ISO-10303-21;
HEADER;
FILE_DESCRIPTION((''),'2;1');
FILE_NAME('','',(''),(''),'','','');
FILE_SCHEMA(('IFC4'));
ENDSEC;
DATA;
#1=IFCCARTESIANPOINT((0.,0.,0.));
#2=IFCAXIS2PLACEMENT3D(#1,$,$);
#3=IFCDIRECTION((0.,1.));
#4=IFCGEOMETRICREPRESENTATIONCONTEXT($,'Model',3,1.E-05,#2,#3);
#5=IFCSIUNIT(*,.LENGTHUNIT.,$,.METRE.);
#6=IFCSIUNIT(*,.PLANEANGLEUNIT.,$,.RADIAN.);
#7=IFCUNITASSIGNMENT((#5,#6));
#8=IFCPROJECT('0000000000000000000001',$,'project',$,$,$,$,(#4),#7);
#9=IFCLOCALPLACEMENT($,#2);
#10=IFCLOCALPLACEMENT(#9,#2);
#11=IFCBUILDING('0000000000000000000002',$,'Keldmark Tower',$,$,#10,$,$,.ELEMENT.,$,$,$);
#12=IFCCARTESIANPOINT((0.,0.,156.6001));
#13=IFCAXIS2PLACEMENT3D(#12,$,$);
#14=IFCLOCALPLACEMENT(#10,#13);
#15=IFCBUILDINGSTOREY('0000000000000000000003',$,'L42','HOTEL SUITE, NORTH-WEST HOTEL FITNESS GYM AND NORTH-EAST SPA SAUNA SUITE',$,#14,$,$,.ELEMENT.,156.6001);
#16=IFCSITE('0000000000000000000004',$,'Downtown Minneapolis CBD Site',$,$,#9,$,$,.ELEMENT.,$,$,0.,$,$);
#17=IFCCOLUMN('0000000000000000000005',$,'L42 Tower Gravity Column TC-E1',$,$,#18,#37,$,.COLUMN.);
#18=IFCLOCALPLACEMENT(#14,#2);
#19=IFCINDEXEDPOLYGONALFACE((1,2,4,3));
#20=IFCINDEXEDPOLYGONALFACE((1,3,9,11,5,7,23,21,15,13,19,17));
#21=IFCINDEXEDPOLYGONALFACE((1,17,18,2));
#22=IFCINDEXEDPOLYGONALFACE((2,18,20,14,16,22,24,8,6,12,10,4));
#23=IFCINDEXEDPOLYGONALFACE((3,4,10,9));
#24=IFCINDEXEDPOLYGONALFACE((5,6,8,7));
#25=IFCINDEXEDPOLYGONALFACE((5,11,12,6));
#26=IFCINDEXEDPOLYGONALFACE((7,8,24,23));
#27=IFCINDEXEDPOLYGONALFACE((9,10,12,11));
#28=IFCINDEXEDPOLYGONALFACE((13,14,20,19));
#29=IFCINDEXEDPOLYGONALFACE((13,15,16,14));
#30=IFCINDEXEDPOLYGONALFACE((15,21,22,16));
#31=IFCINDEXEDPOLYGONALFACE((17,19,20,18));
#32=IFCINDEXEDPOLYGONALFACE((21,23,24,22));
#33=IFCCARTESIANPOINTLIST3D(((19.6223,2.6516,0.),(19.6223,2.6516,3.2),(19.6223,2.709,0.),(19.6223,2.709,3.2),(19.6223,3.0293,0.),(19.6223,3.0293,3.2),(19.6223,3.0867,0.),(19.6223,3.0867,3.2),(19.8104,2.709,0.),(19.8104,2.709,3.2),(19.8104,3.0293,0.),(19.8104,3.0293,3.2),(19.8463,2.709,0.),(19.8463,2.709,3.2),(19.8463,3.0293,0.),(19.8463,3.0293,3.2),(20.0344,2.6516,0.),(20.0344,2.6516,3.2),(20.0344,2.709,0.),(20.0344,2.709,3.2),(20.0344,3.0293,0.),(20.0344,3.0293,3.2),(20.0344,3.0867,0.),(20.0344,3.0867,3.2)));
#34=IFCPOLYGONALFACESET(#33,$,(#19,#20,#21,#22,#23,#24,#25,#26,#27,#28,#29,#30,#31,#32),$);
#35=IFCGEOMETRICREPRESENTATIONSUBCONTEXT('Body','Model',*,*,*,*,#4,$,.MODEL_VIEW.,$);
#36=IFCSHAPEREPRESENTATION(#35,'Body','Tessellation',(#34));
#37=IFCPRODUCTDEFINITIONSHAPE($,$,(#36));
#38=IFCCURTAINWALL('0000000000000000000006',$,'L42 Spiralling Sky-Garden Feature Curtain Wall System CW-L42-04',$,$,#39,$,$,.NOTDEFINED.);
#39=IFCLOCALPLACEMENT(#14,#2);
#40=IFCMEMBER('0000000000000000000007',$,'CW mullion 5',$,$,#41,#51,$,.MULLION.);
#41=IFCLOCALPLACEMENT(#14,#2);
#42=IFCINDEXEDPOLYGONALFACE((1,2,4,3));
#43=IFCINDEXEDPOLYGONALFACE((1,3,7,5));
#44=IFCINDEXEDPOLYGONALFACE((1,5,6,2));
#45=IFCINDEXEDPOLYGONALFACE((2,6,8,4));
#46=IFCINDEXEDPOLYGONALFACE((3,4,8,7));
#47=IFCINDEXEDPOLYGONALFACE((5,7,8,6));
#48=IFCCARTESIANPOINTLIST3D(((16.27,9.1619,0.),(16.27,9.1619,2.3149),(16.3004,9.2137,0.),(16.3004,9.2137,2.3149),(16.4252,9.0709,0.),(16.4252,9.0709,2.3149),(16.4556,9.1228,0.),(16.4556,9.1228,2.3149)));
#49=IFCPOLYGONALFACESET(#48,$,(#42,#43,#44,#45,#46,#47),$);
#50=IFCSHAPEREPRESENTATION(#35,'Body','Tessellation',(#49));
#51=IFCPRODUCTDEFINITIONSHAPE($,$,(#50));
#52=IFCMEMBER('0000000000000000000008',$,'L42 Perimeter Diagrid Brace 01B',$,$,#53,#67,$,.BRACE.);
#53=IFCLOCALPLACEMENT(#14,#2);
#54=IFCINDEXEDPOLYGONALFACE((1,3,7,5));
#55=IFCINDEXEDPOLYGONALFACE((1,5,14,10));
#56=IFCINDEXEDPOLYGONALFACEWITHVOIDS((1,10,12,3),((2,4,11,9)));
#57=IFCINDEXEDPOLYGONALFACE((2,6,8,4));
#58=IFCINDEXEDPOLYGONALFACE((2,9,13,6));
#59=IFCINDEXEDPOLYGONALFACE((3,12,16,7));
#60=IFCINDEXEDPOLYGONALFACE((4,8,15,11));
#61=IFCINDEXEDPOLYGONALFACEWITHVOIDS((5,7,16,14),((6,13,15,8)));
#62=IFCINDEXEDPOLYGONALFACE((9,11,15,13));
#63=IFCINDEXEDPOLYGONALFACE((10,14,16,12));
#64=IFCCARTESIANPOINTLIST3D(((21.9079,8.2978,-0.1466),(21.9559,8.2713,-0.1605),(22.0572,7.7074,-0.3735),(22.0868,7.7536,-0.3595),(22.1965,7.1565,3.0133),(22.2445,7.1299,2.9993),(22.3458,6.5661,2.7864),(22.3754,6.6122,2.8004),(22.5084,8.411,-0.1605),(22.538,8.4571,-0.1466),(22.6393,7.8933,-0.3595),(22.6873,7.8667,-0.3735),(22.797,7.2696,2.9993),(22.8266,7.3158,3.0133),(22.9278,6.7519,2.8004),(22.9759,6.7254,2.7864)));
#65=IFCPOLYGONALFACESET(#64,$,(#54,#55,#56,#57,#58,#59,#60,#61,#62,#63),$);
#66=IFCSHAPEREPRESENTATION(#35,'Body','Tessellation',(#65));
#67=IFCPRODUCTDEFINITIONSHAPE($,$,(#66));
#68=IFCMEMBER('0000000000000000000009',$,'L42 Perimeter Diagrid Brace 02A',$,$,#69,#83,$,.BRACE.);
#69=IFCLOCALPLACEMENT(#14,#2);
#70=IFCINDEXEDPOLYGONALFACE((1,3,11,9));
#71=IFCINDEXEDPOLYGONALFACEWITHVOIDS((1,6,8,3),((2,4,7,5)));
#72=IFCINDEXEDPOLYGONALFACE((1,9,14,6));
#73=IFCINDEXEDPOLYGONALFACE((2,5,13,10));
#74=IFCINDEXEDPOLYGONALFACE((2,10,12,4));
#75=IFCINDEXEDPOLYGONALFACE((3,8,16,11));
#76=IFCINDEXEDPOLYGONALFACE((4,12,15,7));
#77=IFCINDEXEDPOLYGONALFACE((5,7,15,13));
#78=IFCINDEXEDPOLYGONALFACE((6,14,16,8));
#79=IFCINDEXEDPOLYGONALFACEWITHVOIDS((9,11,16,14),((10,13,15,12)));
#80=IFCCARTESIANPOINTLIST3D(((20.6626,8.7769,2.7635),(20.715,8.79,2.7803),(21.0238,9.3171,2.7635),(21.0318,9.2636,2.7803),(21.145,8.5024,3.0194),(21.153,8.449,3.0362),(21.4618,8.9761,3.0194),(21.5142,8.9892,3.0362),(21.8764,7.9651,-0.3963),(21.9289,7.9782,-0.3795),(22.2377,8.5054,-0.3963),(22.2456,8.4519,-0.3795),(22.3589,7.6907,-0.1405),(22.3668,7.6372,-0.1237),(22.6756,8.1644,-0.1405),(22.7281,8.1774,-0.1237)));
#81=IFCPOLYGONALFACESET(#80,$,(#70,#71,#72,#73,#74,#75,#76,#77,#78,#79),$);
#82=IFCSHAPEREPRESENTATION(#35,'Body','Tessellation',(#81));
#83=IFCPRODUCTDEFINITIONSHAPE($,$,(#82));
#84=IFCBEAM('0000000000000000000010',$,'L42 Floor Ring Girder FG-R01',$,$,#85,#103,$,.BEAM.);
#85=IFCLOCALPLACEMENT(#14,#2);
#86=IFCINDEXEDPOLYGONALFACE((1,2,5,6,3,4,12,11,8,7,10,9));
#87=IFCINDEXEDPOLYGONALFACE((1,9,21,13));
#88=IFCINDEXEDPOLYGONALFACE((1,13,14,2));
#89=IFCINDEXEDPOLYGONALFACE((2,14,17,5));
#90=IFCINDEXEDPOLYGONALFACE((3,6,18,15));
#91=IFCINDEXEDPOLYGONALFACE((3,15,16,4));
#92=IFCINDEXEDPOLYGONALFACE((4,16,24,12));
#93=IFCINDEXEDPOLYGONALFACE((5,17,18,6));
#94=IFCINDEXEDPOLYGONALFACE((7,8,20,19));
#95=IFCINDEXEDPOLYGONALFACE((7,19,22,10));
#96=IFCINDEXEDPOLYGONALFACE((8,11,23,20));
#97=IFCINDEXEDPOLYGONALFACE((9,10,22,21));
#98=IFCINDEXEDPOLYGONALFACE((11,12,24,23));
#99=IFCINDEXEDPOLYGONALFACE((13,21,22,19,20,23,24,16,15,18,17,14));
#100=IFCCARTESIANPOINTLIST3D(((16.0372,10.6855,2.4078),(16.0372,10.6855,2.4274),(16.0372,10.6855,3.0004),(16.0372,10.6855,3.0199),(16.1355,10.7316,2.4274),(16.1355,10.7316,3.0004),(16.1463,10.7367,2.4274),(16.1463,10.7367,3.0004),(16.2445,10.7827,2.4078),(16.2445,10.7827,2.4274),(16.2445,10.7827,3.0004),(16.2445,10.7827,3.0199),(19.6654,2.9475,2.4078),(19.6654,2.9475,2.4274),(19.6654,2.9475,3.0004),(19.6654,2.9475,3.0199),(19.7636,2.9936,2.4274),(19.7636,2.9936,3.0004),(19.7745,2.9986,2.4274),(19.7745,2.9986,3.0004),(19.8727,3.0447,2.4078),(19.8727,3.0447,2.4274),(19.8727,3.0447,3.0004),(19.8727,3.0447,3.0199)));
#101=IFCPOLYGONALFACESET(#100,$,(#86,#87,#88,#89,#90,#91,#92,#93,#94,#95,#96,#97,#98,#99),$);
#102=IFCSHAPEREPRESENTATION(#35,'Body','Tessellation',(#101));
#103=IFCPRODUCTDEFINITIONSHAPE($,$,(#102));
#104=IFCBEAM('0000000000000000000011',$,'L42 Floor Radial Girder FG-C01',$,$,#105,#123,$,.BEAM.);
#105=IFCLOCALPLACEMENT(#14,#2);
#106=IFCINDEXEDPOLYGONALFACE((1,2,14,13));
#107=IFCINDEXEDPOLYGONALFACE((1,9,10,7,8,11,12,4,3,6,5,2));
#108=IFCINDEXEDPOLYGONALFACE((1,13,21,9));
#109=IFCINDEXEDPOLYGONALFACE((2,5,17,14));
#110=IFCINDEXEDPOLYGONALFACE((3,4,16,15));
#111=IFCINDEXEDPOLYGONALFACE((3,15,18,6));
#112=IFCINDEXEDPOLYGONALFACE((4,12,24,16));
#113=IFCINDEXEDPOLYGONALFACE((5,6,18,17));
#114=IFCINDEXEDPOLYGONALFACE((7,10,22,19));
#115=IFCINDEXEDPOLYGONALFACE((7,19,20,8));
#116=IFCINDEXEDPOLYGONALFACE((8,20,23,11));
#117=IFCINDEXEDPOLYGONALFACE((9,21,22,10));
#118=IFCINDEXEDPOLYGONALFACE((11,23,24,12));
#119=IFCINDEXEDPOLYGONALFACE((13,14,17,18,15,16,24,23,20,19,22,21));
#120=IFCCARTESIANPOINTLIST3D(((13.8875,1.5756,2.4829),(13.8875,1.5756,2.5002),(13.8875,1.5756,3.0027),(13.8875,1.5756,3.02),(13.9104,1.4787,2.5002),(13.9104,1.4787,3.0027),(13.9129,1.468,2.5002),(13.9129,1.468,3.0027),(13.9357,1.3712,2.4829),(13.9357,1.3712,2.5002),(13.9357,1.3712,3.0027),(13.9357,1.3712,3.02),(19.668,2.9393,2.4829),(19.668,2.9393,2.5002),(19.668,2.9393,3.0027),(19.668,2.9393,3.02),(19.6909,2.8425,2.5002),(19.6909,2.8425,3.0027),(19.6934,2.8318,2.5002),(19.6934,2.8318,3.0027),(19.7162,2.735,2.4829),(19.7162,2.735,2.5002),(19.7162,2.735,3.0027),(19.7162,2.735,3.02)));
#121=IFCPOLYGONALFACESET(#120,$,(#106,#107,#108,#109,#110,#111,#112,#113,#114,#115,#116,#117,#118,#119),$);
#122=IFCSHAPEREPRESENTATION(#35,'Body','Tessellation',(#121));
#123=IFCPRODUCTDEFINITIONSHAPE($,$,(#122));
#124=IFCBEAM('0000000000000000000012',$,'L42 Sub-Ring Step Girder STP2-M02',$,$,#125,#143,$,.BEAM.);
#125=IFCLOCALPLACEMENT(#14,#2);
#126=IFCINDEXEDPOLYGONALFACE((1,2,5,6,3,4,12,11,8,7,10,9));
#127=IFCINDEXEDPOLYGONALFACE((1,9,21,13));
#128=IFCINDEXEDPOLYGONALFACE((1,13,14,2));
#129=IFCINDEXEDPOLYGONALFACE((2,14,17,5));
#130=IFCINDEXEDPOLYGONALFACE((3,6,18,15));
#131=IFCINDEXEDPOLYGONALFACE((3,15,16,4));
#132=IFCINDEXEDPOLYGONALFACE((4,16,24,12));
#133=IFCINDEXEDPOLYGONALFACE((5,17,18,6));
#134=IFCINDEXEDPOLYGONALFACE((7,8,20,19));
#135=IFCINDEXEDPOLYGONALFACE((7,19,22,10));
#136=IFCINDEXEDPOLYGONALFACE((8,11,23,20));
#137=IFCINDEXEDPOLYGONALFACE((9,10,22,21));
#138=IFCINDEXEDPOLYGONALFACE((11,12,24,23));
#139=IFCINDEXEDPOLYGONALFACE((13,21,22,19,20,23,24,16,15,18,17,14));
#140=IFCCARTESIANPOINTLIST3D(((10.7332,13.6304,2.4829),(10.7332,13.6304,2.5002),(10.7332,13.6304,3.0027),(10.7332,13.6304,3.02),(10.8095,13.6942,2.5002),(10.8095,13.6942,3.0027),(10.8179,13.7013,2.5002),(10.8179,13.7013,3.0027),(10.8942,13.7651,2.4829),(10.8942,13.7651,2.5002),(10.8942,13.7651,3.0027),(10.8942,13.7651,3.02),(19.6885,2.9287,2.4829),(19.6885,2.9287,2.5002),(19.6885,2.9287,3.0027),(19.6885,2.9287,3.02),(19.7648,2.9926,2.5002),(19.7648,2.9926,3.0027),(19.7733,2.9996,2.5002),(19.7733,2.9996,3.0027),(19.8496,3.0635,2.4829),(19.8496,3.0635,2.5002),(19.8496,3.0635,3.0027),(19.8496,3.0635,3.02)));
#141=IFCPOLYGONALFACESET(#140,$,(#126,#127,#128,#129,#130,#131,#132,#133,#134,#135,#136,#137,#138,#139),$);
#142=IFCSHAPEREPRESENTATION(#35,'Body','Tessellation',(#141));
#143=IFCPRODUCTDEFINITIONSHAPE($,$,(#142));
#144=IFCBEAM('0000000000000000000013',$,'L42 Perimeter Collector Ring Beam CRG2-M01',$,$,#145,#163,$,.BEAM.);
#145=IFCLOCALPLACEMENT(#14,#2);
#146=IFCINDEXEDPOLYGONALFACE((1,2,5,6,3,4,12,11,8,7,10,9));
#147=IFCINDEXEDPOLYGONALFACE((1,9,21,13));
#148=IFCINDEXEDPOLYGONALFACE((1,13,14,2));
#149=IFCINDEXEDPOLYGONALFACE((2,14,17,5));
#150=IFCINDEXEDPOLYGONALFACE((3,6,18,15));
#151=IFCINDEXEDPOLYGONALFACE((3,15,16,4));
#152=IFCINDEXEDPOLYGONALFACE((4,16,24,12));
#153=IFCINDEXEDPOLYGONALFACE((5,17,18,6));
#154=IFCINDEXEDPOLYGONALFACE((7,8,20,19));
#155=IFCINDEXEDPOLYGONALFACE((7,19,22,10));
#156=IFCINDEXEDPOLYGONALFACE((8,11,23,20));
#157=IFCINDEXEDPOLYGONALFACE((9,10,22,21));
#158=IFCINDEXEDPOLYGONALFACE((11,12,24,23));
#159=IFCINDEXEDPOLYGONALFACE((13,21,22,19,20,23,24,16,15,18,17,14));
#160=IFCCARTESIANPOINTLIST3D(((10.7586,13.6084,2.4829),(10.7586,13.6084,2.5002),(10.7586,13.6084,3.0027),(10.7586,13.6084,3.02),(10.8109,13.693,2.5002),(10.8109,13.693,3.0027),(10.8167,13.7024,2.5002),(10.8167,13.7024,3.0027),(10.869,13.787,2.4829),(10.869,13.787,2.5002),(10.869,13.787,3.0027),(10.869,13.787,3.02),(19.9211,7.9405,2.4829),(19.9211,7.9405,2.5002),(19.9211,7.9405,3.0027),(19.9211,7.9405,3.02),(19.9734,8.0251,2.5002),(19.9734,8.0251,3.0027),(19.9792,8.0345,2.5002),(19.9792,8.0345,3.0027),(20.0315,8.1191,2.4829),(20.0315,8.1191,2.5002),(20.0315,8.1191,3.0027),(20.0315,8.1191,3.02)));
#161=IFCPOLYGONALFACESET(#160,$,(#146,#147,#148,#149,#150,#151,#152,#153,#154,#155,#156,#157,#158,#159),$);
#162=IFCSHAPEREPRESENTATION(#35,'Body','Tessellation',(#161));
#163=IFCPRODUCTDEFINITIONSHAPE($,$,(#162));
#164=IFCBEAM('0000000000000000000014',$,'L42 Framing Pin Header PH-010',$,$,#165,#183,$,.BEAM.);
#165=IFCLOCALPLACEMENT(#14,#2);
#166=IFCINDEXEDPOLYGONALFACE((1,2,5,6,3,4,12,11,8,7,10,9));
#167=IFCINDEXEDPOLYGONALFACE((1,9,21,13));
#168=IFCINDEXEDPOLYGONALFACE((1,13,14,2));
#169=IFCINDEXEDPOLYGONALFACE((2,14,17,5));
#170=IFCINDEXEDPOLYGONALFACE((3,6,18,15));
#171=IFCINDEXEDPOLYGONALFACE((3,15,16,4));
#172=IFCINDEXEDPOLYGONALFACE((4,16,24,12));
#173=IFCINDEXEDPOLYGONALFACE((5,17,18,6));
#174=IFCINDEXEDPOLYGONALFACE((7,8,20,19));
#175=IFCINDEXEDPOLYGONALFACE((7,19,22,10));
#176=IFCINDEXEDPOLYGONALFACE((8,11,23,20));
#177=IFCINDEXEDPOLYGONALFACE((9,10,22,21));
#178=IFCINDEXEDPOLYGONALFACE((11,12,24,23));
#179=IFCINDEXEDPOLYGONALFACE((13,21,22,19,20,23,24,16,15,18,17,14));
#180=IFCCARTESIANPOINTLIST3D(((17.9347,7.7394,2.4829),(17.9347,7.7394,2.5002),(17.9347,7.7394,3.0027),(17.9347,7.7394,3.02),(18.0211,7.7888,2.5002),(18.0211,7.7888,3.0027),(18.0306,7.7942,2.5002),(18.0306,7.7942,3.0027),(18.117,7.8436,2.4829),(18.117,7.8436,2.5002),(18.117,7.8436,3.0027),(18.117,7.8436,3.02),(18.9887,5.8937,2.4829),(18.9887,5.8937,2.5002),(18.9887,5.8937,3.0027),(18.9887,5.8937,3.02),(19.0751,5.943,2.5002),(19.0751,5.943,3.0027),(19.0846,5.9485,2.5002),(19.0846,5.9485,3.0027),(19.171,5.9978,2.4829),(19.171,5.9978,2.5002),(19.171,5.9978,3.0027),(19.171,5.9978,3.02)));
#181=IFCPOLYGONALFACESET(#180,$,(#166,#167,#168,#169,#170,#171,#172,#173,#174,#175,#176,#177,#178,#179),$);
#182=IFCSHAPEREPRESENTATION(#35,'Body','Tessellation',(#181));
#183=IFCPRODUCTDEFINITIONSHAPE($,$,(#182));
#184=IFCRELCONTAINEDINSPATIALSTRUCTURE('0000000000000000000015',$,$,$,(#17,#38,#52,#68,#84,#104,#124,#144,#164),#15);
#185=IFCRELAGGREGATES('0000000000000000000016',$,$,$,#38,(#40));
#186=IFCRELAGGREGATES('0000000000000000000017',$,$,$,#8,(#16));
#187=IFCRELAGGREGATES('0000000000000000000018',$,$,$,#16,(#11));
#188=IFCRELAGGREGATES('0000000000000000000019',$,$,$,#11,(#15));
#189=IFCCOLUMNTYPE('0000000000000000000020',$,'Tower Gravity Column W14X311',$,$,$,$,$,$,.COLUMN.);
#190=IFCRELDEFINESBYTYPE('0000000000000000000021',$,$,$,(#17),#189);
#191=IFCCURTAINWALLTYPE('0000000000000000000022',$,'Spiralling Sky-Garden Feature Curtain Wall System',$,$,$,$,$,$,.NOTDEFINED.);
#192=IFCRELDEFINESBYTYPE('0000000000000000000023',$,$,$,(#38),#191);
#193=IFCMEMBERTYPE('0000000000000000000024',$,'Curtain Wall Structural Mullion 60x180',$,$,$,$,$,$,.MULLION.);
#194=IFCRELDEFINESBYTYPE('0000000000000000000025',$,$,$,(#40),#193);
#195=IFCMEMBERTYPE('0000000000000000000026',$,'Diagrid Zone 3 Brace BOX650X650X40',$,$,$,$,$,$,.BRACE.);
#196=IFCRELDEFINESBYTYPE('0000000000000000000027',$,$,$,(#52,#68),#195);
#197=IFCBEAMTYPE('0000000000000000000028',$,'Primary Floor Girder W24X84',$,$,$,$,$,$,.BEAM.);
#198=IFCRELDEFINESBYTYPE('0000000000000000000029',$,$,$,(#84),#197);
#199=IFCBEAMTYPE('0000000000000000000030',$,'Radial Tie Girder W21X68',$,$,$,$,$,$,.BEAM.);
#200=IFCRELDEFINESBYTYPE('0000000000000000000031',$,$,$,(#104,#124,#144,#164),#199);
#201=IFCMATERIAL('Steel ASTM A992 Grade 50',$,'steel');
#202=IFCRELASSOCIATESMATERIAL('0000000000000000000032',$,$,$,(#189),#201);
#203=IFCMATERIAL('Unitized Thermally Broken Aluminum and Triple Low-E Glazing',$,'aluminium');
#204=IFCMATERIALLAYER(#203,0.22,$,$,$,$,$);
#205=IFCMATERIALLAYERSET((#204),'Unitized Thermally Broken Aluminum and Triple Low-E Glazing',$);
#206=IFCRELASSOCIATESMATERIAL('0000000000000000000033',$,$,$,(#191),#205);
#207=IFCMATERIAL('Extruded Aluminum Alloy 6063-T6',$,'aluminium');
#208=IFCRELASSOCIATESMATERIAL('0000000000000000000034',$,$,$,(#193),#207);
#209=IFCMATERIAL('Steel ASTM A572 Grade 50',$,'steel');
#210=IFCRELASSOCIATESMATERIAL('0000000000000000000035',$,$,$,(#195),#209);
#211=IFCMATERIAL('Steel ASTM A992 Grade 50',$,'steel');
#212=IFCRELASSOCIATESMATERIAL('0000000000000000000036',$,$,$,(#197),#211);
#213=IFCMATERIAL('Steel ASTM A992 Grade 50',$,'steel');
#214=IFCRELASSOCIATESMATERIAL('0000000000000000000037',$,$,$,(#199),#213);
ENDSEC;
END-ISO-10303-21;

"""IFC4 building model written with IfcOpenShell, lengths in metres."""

from ifc_helpers import new_model, si_unit, direction, frame, origin, origin_2d, place, context, subcontext, project, spatial, rectangle, hollow_rectangle, i_section, extrude, material, layer, layer_set, material_profile, profile_set, type_object, element, aggregate, save


model = new_model("IFC4")

# Units and contexts
model_context = context("Model", 3, precision=1e-05, world=origin(), true_north=direction((0.0, 1.0)))
body_context = subcontext(model_context, "Body", "Model", "MODEL_VIEW")
ifc_project = project(units=[si_unit("LENGTHUNIT", "METRE"), si_unit("PLANEANGLEUNIT", "RADIAN")], contexts=[model_context])

# Site, building, storey
site_placement = place(None, origin())
site = spatial("IfcSite", under=ifc_project, at=site_placement, Name="Downtown Minneapolis CBD Site", CompositionType="ELEMENT", RefElevation=0.0)
building_placement = place(site_placement, origin())
building = spatial("IfcBuilding", under=site, at=building_placement, Name="Keldmark Tower", CompositionType="ELEMENT")
storey_placement = place(building_placement, frame((0.0, 0.0, 156.6001)))
storey = spatial("IfcBuildingStorey", under=building, at=storey_placement, Name="L42", Description="HOTEL SUITE, NORTH-WEST HOTEL FITNESS GYM AND NORTH-EAST SPA SAUNA SUITE", CompositionType="ELEMENT", Elevation=156.6001)

# Column
ifc_material_1 = material(Name="Steel ASTM A992 Grade 50", Category="steel")
ifc_material_profile_1 = material_profile(ifc_material_1, i_section(OverallWidth=0.4121, OverallDepth=0.4351, WebThickness=0.0359, FlangeThickness=0.0574, at=origin_2d()), Name="W14X311")
ifc_profile_set_1 = profile_set([ifc_material_profile_1], Name="Steel ASTM A992 Grade 50")
column_type = type_object("IfcColumnType", Name="Tower Gravity Column W14X311", PredefinedType="COLUMN", material=ifc_profile_set_1)
column_placement = place(storey_placement, frame((19.8284, 2.8691, 0.0), z_axis=(0.0, 0.0, 1.0), x_axis=(1.0, 0.0, 0.0)))
element("IfcColumn", 1, at=column_placement, inside=storey, type_object=column_type, Name="L42 Tower Gravity Column TC-E1", PredefinedType="COLUMN", context=body_context, shape_type="SweptSolid", body=[
    extrude(i_section(OverallWidth=0.4121, OverallDepth=0.4351, WebThickness=0.0359, FlangeThickness=0.0574, at=origin_2d()), origin(), (0.0, 0.0, 1.0), 3.2),
])

# Curtain wall, member
ifc_material_2 = material(Name="Unitized Thermally Broken Aluminum and Triple Low-E Glazing", Category="aluminium")
ifc_layer_1 = layer(ifc_material_2, 0.22)
ifc_layer_set_1 = layer_set([ifc_layer_1], Name="Unitized Thermally Broken Aluminum and Triple Low-E Glazing")
curtain_wall_type = type_object("IfcCurtainWallType", Name="Spiralling Sky-Garden Feature Curtain Wall System", PredefinedType="NOTDEFINED", material=ifc_layer_set_1)
curtain_wall_placement = place(storey_placement, origin())
curtain_wall = element("IfcCurtainWall", 2, at=curtain_wall_placement, inside=storey, type_object=curtain_wall_type, Name="L42 Spiralling Sky-Garden Feature Curtain Wall System CW-L42-04", PredefinedType="NOTDEFINED")
ifc_material_3 = material(Name="Extruded Aluminum Alloy 6063-T6", Category="aluminium")
ifc_material_profile_2 = material_profile(ifc_material_3, rectangle(XDim=0.0601, YDim=0.1799, at=origin_2d()), Name="CWM60X180")
ifc_profile_set_2 = profile_set([ifc_material_profile_2], Name="Extruded Aluminum Alloy 6063-T6")
member_type_1 = type_object("IfcMemberType", Name="Curtain Wall Structural Mullion 60x180", PredefinedType="MULLION", material=ifc_profile_set_2)
member_1_placement = place(storey_placement, frame((16.3628, 9.1423, 0.0), z_axis=(0.0, 0.0, 1.0), x_axis=(0.505608, 0.862763, 0.0)))
member_1 = element("IfcMember", 3, at=member_1_placement, type_object=member_type_1, Name="CW mullion 5", PredefinedType="MULLION", context=body_context, shape_type="SweptSolid", body=[
    extrude(rectangle(XDim=0.0601, YDim=0.1799, at=origin_2d()), origin(), (0.0, 0.0, 1.0), 2.3149),
])

# Members
ifc_material_4 = material(Name="Steel ASTM A572 Grade 50", Category="steel")
ifc_material_profile_3 = material_profile(ifc_material_4, hollow_rectangle(XDim=0.6499, YDim=0.6499, WallThickness=0.04, at=origin_2d()), Name="BOX650X650X40")
ifc_profile_set_3 = profile_set([ifc_material_profile_3], Name="Steel ASTM A572 Grade 50")
member_type_2 = type_object("IfcMemberType", Name="Diagrid Zone 3 Brace BOX650X650X40", PredefinedType="BRACE", material=ifc_profile_set_3)
member_2_placement = place(storey_placement, frame((22.2976, 8.0823, -0.26), z_axis=(0.085577, -0.338471, 0.937077), x_axis=(0.969493, 0.245121, 0.0)))
element("IfcMember", 4, at=member_2_placement, inside=storey, type_object=member_type_2, Name="L42 Perimeter Diagrid Brace 01B", PredefinedType="BRACE", context=body_context, shape_type="SweptSolid", body=[
    extrude(hollow_rectangle(XDim=0.6499, YDim=0.6499, WallThickness=0.04, at=origin_2d()), origin(), (0.0, 0.0, 1.0), 3.3721),
])
member_3_placement = place(storey_placement, frame((22.3022, 8.0713, -0.26), z_axis=(-0.34871, 0.233198, 0.907755), x_axis=(-0.555896, -0.831252, 0.0)))
element("IfcMember", 5, at=member_3_placement, inside=storey, type_object=member_type_2, Name="L42 Perimeter Diagrid Brace 02A", PredefinedType="BRACE", context=body_context, shape_type="SweptSolid", body=[
    extrude(hollow_rectangle(XDim=0.6499, YDim=0.6499, WallThickness=0.04, at=origin_2d()), origin(), (0.0, 0.0, 1.0), 3.481),
])

# Beams
ifc_material_5 = material(Name="Steel ASTM A992 Grade 50", Category="steel")
ifc_material_profile_4 = material_profile(ifc_material_5, i_section(OverallWidth=0.229, OverallDepth=0.6121, WebThickness=0.012, FlangeThickness=0.0195, at=origin_2d()), Name="W24X84")
ifc_profile_set_4 = profile_set([ifc_material_profile_4], Name="Steel ASTM A992 Grade 50")
beam_type_1 = type_object("IfcBeamType", Name="Primary Floor Girder W24X84", PredefinedType="BEAM", material=ifc_profile_set_4)
beam_1_placement = place(storey_placement, frame((19.769, 2.9961, 2.7139), z_axis=(-0.424527, 0.905415, 0.0), x_axis=(-0.905415, -0.424527, 0.0)))
element("IfcBeam", 6, at=beam_1_placement, inside=storey, type_object=beam_type_1, Name="L42 Floor Ring Girder FG-R01", PredefinedType="BEAM", context=body_context, shape_type="SweptSolid", body=[
    extrude(i_section(OverallWidth=0.229, OverallDepth=0.6121, WebThickness=0.012, FlangeThickness=0.0195, at=origin_2d()), origin(), (0.0, 0.0, 1.0), 8.5464),
])
ifc_material_6 = material(Name="Steel ASTM A992 Grade 50", Category="steel")
ifc_material_profile_5 = material_profile(ifc_material_6, i_section(OverallWidth=0.21, OverallDepth=0.5371, WebThickness=0.011, FlangeThickness=0.0173, at=origin_2d()), Name="W21X68")
ifc_profile_set_5 = profile_set([ifc_material_profile_5], Name="Steel ASTM A992 Grade 50")
beam_type_2 = type_object("IfcBeamType", Name="Radial Tie Girder W21X68", PredefinedType="BEAM", material=ifc_profile_set_5)
beam_2_placement = place(storey_placement, frame((19.6921, 2.8372, 2.7515), z_axis=(-0.97328, -0.229621, 0.0), x_axis=(0.229621, -0.97328, 0.0)))
element("IfcBeam", 7, at=beam_2_placement, inside=storey, type_object=beam_type_2, Name="L42 Floor Radial Girder FG-C01", PredefinedType="BEAM", context=body_context, shape_type="SweptSolid", body=[
    extrude(i_section(OverallWidth=0.21, OverallDepth=0.5371, WebThickness=0.011, FlangeThickness=0.0173, at=origin_2d()), origin(), (0.0, 0.0, 1.0), 5.9392),
])
beam_3_placement = place(storey_placement, frame((19.769, 2.9961, 2.7515), z_axis=(-0.641759, 0.766906, 0.0), x_axis=(-0.766906, -0.641759, 0.0)))
element("IfcBeam", 8, at=beam_3_placement, inside=storey, type_object=beam_type_2, Name="L42 Sub-Ring Step Girder STP2-M02", PredefinedType="BEAM", context=body_context, shape_type="SweptSolid", body=[
    extrude(i_section(OverallWidth=0.21, OverallDepth=0.5371, WebThickness=0.011, FlangeThickness=0.0173, at=origin_2d()), origin(), (0.0, 0.0, 1.0), 13.9543),
])
beam_4_placement = place(storey_placement, frame((19.9763, 8.0298, 2.7515), z_axis=(-0.850436, 0.526078, 0.0), x_axis=(-0.526078, -0.850436, 0.0)))
element("IfcBeam", 9, at=beam_4_placement, inside=storey, type_object=beam_type_2, Name="L42 Perimeter Collector Ring Beam CRG2-M01", PredefinedType="BEAM", context=body_context, shape_type="SweptSolid", body=[
    extrude(i_section(OverallWidth=0.21, OverallDepth=0.5371, WebThickness=0.011, FlangeThickness=0.0173, at=origin_2d()), origin(), (0.0, 0.0, 1.0), 10.7739),
])
beam_5_placement = place(storey_placement, frame((18.0259, 7.7915, 2.7515), z_axis=(0.495879, -0.868392, 0.0), x_axis=(0.868392, 0.495879, 0.0)))
element("IfcBeam", 10, at=beam_5_placement, inside=storey, type_object=beam_type_2, Name="L42 Framing Pin Header PH-010", PredefinedType="BEAM", context=body_context, shape_type="SweptSolid", body=[
    extrude(i_section(OverallWidth=0.21, OverallDepth=0.5371, WebThickness=0.011, FlangeThickness=0.0173, at=origin_2d()), origin(), (0.0, 0.0, 1.0), 2.1255),
])

aggregate(curtain_wall, [member_1])

save(model, "model.ifc")
